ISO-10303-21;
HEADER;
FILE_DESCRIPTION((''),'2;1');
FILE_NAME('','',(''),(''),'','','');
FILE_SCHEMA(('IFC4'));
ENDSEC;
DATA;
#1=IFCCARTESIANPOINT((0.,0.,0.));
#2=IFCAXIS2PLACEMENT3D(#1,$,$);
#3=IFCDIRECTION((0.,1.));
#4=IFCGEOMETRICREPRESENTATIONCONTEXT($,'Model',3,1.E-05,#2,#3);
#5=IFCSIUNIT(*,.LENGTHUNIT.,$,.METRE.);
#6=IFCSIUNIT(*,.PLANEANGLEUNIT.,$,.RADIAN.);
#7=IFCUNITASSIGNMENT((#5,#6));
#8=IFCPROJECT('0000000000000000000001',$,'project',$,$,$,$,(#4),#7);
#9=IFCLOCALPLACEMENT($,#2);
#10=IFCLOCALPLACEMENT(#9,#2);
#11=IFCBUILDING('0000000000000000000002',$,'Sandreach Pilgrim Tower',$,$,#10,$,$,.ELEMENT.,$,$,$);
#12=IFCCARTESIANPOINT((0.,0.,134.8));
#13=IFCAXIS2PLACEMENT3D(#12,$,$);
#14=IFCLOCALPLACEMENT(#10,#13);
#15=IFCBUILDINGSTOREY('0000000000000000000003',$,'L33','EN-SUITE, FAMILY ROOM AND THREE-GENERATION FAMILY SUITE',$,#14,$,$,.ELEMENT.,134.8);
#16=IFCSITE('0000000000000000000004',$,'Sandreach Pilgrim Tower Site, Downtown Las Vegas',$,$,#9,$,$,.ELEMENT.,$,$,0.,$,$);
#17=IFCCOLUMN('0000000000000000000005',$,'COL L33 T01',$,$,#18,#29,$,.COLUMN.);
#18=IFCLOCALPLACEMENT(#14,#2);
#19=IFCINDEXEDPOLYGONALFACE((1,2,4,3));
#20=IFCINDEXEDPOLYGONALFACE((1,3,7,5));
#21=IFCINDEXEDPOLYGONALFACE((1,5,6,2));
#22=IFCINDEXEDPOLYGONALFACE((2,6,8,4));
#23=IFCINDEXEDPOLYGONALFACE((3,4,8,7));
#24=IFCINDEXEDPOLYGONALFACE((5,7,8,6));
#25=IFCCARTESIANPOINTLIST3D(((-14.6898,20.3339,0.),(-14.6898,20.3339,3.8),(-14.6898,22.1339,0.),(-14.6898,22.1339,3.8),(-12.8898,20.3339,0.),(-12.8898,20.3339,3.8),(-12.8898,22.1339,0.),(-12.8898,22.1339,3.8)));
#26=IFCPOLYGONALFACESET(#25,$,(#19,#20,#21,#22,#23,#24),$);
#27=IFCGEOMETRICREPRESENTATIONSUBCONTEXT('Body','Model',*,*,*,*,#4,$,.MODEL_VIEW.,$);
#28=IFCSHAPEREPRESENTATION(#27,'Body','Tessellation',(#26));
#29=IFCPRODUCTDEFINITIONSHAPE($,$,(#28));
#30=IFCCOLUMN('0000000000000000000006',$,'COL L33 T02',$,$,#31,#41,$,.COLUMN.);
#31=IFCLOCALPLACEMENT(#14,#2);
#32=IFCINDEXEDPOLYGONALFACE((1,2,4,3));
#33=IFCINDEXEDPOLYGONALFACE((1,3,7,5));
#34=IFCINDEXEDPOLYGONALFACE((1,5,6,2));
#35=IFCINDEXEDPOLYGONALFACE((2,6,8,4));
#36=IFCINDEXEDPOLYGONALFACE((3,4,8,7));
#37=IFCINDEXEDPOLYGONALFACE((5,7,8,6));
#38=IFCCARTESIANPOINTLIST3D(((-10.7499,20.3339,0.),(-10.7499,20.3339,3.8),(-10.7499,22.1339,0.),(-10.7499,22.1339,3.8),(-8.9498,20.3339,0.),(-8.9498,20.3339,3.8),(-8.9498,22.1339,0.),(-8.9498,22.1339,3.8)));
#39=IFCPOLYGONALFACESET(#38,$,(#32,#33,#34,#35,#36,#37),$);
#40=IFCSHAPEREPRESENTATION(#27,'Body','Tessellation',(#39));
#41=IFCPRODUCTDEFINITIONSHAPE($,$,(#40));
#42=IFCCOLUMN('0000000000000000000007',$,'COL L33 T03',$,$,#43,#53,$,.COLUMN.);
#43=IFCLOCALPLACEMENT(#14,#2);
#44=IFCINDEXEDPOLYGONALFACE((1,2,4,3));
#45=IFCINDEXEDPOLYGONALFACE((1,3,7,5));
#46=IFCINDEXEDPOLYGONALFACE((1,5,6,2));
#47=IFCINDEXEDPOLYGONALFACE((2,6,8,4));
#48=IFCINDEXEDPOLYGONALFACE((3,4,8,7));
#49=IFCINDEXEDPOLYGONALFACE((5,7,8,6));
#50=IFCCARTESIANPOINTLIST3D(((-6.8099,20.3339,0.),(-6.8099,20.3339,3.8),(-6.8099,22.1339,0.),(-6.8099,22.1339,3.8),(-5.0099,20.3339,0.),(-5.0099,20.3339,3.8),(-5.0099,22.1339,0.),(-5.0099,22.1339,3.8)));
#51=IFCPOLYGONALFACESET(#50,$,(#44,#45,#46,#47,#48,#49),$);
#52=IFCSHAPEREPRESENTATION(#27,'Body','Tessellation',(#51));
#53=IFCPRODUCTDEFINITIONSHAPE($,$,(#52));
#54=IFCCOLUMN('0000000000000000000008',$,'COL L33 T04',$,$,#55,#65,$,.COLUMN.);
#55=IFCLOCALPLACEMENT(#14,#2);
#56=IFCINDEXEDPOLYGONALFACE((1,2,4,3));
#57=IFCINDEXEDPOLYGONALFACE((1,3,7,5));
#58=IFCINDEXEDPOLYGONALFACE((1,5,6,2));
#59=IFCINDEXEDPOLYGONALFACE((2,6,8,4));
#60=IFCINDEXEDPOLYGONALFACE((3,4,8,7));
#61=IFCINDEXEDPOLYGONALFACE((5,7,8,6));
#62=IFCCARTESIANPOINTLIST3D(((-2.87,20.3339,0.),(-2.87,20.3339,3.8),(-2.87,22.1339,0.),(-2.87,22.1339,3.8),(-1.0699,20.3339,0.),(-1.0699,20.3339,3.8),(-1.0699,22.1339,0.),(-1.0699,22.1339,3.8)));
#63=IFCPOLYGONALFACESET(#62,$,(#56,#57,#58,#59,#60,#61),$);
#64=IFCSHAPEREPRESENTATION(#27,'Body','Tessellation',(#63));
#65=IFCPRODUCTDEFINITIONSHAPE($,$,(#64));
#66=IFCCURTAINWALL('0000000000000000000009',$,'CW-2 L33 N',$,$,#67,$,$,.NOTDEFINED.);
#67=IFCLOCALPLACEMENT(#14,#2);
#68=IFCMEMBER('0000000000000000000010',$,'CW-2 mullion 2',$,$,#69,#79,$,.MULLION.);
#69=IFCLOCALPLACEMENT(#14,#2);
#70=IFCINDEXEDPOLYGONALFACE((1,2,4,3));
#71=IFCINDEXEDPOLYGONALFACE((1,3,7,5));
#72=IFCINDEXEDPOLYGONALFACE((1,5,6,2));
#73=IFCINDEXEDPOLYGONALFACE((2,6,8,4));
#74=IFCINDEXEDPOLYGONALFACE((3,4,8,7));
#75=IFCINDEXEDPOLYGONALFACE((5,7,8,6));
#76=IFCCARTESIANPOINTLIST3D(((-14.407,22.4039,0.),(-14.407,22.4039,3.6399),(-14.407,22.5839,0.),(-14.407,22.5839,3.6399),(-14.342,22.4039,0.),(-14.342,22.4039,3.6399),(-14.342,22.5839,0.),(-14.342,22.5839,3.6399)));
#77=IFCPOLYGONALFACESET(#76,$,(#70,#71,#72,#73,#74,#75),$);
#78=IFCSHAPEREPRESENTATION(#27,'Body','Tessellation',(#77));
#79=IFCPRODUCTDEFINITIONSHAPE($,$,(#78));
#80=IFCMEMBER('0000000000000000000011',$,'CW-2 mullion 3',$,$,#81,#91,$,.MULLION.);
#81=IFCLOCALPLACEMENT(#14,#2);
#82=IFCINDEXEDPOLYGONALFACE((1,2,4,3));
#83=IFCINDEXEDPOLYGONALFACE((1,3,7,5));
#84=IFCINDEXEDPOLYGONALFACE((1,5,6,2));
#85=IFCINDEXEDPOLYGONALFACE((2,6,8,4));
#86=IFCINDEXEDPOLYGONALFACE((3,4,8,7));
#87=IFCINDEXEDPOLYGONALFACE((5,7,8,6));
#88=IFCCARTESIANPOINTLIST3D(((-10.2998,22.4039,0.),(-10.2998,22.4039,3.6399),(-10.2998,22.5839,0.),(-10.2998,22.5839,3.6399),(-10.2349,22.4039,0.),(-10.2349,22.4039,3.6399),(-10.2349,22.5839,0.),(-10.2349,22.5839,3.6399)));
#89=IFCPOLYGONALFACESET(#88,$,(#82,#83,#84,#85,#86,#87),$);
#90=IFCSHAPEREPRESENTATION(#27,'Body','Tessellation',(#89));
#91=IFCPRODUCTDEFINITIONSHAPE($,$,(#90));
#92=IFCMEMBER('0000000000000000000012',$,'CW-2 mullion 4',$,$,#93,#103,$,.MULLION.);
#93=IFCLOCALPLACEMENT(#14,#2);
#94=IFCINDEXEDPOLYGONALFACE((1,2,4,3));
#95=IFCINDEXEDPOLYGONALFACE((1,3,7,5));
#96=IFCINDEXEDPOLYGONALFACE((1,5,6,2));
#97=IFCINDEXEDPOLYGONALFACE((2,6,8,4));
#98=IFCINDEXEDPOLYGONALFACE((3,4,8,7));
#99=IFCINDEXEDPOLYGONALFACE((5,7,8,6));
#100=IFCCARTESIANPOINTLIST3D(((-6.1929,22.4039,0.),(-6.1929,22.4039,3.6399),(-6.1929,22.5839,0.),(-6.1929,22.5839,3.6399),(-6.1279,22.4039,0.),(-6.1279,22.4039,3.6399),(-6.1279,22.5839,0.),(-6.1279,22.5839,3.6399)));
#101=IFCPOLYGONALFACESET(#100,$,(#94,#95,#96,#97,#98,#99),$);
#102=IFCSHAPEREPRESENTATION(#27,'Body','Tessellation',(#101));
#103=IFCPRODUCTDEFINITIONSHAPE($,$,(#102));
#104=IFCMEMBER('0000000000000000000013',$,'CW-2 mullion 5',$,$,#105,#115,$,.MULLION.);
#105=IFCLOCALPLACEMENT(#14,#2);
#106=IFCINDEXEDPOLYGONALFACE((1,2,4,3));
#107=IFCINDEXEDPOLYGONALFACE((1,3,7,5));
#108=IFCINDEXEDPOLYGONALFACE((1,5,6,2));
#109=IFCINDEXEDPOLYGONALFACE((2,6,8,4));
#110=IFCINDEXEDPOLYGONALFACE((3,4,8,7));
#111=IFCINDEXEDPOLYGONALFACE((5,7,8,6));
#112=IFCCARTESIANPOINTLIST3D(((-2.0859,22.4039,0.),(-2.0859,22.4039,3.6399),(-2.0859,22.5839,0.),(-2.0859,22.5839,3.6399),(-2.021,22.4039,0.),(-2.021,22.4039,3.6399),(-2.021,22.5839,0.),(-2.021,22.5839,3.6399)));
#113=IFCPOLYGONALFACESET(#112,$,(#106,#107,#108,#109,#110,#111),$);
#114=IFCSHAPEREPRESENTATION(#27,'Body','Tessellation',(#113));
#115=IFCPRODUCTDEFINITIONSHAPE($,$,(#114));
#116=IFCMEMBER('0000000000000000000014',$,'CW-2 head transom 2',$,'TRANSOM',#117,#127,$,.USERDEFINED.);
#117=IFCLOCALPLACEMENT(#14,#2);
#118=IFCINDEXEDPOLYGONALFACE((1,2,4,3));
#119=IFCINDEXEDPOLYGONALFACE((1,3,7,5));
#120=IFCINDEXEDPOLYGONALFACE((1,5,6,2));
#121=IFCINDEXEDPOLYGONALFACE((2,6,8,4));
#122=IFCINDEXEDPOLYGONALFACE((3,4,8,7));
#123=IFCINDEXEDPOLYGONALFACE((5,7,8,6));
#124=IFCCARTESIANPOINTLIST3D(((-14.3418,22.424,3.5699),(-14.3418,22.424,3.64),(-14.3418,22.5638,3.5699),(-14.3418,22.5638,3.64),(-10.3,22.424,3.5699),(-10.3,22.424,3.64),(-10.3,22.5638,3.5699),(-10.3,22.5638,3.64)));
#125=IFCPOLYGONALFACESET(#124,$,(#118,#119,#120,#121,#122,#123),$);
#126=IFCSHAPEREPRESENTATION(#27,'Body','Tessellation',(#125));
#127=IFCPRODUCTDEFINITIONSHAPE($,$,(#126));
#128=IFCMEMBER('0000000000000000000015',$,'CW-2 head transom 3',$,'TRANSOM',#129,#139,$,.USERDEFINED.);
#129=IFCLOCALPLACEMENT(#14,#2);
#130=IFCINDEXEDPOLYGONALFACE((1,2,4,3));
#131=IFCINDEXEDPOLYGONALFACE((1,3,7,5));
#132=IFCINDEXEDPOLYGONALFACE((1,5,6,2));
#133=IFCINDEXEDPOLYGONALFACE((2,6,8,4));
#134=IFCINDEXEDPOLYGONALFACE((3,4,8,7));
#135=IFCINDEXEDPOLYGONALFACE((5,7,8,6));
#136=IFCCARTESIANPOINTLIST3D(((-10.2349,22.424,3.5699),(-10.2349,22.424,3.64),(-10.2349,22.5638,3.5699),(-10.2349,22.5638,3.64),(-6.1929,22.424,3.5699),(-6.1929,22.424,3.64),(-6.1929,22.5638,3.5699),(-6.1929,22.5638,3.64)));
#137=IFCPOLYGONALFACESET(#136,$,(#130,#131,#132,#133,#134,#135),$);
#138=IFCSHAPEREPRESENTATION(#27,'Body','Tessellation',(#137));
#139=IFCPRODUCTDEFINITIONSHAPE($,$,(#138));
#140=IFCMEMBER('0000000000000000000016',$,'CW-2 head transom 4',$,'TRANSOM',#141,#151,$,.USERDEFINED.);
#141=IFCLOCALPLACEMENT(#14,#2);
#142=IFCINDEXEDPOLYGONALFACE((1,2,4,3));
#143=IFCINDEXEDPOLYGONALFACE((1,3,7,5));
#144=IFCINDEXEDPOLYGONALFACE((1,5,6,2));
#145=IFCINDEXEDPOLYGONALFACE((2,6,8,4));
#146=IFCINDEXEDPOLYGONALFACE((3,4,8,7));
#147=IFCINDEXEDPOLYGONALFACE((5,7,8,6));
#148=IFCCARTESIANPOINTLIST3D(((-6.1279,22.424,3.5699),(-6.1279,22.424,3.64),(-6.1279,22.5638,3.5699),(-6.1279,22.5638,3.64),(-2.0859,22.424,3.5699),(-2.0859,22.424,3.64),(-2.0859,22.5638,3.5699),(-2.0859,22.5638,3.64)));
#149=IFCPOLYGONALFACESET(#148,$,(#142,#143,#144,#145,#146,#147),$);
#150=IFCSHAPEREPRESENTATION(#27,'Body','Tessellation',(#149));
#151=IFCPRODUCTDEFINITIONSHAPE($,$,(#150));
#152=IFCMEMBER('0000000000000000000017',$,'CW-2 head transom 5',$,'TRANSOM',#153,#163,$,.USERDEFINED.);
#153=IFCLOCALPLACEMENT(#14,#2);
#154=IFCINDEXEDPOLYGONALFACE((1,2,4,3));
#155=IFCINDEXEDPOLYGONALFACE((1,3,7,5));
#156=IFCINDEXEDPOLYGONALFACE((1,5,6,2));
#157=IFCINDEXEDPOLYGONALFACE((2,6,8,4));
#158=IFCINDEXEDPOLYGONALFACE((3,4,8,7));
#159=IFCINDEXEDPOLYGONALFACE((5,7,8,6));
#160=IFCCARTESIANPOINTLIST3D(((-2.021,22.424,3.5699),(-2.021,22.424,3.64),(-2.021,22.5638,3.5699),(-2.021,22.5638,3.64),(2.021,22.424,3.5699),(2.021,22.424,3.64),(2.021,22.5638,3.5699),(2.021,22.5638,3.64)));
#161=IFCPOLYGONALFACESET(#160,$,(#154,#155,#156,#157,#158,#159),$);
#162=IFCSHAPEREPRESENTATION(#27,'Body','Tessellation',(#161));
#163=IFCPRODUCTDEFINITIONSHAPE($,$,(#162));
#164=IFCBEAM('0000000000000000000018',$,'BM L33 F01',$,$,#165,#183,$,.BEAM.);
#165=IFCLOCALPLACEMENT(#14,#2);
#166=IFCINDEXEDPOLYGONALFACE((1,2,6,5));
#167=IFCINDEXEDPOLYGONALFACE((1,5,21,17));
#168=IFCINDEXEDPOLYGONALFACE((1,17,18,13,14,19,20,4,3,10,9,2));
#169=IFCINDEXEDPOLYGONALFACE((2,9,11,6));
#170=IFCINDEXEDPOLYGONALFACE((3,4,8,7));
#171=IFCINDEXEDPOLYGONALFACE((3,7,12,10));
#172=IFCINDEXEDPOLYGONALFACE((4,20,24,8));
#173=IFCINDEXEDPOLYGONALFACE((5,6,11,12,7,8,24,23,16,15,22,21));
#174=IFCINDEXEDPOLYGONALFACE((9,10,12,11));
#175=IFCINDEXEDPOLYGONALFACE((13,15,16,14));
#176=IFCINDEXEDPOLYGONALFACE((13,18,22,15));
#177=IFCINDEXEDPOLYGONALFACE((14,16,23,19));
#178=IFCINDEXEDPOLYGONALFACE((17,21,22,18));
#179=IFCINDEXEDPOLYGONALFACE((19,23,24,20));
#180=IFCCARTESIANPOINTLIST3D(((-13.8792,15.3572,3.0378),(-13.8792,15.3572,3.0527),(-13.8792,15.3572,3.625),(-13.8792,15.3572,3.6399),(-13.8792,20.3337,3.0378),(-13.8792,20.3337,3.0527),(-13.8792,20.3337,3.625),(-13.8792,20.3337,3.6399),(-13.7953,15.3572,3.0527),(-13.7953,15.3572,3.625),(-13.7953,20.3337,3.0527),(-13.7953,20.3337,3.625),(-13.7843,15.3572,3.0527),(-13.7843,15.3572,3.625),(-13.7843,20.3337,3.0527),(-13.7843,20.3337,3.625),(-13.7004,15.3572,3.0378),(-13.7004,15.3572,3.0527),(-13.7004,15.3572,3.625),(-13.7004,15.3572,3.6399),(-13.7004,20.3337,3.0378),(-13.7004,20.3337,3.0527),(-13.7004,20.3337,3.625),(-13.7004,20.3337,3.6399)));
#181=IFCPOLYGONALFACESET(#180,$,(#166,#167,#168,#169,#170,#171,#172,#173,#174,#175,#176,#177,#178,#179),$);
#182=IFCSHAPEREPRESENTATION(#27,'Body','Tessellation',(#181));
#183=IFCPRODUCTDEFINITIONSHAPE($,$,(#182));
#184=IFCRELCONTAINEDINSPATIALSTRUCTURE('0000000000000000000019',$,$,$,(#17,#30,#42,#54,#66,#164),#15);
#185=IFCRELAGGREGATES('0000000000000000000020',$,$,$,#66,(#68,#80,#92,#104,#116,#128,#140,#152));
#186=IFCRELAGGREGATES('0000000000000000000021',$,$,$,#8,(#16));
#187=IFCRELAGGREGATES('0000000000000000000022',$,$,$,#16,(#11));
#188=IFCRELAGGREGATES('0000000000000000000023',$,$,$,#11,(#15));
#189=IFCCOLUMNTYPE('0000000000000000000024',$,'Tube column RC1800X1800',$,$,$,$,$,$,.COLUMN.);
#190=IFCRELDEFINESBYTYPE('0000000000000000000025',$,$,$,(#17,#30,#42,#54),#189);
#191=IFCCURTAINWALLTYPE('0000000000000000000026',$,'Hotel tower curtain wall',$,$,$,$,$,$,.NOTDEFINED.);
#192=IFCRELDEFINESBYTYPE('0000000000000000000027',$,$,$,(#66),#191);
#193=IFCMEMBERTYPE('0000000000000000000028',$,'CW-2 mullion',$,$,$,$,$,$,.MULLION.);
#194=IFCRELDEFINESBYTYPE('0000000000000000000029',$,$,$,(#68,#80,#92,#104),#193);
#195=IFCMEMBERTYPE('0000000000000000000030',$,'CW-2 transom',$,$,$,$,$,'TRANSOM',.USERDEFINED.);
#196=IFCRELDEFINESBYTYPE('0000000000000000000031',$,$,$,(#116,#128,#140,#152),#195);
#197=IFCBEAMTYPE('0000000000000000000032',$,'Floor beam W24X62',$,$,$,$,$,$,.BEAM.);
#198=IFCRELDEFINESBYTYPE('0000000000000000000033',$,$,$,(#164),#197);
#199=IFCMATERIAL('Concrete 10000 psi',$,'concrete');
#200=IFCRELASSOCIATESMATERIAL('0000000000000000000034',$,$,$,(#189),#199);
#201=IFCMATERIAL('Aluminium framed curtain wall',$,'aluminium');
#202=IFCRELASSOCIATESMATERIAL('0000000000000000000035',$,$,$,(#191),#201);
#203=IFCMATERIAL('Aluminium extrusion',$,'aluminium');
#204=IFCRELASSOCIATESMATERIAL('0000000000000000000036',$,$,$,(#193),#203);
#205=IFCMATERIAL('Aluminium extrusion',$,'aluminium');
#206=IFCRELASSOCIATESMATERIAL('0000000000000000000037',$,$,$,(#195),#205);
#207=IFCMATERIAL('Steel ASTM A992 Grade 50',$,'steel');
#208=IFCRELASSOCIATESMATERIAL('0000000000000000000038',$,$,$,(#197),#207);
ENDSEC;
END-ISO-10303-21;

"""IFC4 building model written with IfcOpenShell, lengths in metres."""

from ifc_helpers import new_model, si_unit, direction, frame, origin, origin_2d, place, context, subcontext, project, spatial, rectangle, i_section, extrude, material, material_profile, profile_set, type_object, element, aggregate, save


model = new_model("IFC4")

# Units and contexts
model_context = context("Model", 3, precision=1e-05, world=origin(), true_north=direction((0.0, 1.0)))
body_context = subcontext(model_context, "Body", "Model", "MODEL_VIEW")
ifc_project = project(units=[si_unit("LENGTHUNIT", "METRE"), si_unit("PLANEANGLEUNIT", "RADIAN")], contexts=[model_context])

# Site, building, storey
site_placement = place(None, origin())
site = spatial("IfcSite", under=ifc_project, at=site_placement, Name="Sandreach Pilgrim Tower Site, Downtown Las Vegas", CompositionType="ELEMENT", RefElevation=0.0)
building_placement = place(site_placement, origin())
building = spatial("IfcBuilding", under=site, at=building_placement, Name="Sandreach Pilgrim Tower", CompositionType="ELEMENT")
storey_placement = place(building_placement, frame((0.0, 0.0, 134.8)))
storey = spatial("IfcBuildingStorey", under=building, at=storey_placement, Name="L33", Description="EN-SUITE, FAMILY ROOM AND THREE-GENERATION FAMILY SUITE", CompositionType="ELEMENT", Elevation=134.8)

# Columns
ifc_material_1 = material(Name="Concrete 10000 psi", Category="concrete")
ifc_material_profile_1 = material_profile(ifc_material_1, rectangle(XDim=1.8, YDim=1.8, at=origin_2d()), Name="RC1800X1800")
ifc_profile_set_1 = profile_set([ifc_material_profile_1], Name="Concrete 10000 psi")
column_type = type_object("IfcColumnType", Name="Tube column RC1800X1800", PredefinedType="COLUMN", material=ifc_profile_set_1)
for number, where, z_axis, x_axis, name in (
    (1, (-13.7898, 21.2339, 0.0), (0.0, 0.0, 1.0), (0.0, 1.0, 0.0), "COL L33 T01"),
    (2, (-9.8499, 21.2339, 0.0), (0.0, 0.0, 1.0), (0.0, 1.0, 0.0), "COL L33 T02"),
    (3, (-5.9099, 21.2339, 0.0), (0.0, 0.0, 1.0), (0.0, 1.0, 0.0), "COL L33 T03"),
    (4, (-1.97, 21.2339, 0.0), (0.0, 0.0, 1.0), (0.0, 1.0, 0.0), "COL L33 T04"),
):
    element("IfcColumn", number, at=place(storey_placement, frame(where, z_axis=z_axis, x_axis=x_axis)), inside=storey, type_object=column_type, Name=name, PredefinedType="COLUMN", context=body_context, shape_type="SweptSolid", body=[
        extrude(rectangle(XDim=1.8, YDim=1.8, at=origin_2d()), origin(), (0.0, 0.0, 1.0), 3.8),
    ])

# Curtain wall, members
ifc_material_2 = material(Name="Aluminium framed curtain wall", Category="aluminium")
curtain_wall_type = type_object("IfcCurtainWallType", Name="Hotel tower curtain wall", PredefinedType="NOTDEFINED", material=ifc_material_2)
curtain_wall_placement = place(storey_placement, origin())
curtain_wall = element("IfcCurtainWall", 5, at=curtain_wall_placement, inside=storey, type_object=curtain_wall_type, Name="CW-2 L33 N", PredefinedType="NOTDEFINED")
ifc_material_3 = material(Name="Aluminium extrusion", Category="aluminium")
ifc_material_profile_2 = material_profile(ifc_material_3, rectangle(XDim=0.0649, YDim=0.1799, at=origin_2d()), Name="CW-2M 65X180")
ifc_profile_set_2 = profile_set([ifc_material_profile_2], Name="Aluminium extrusion")
member_type_1 = type_object("IfcMemberType", Name="CW-2 mullion", PredefinedType="MULLION", material=ifc_profile_set_2)
member_1_placement = place(storey_placement, frame((-14.3745, 22.4939, 0.0), z_axis=(0.0, 0.0, 1.0), x_axis=(1.0, 0.0, 0.0)))
member_1 = element("IfcMember", 6, at=member_1_placement, type_object=member_type_1, Name="CW-2 mullion 2", PredefinedType="MULLION", context=body_context, shape_type="SweptSolid", body=[
    extrude(rectangle(XDim=0.0649, YDim=0.1799, at=origin_2d()), origin(), (0.0, 0.0, 1.0), 3.6399),
])
member_2_placement = place(storey_placement, frame((-10.2673, 22.4939, 0.0), z_axis=(0.0, 0.0, 1.0), x_axis=(1.0, 0.0, 0.0)))
member_2 = element("IfcMember", 7, at=member_2_placement, type_object=member_type_1, Name="CW-2 mullion 3", PredefinedType="MULLION", context=body_context, shape_type="SweptSolid", body=[
    extrude(rectangle(XDim=0.0649, YDim=0.1799, at=origin_2d()), origin(), (0.0, 0.0, 1.0), 3.6399),
])
member_3_placement = place(storey_placement, frame((-6.1604, 22.4939, 0.0), z_axis=(0.0, 0.0, 1.0), x_axis=(1.0, 0.0, 0.0)))
member_3 = element("IfcMember", 8, at=member_3_placement, type_object=member_type_1, Name="CW-2 mullion 4", PredefinedType="MULLION", context=body_context, shape_type="SweptSolid", body=[
    extrude(rectangle(XDim=0.0649, YDim=0.1799, at=origin_2d()), origin(), (0.0, 0.0, 1.0), 3.6399),
])
member_4_placement = place(storey_placement, frame((-2.0535, 22.4939, 0.0), z_axis=(0.0, 0.0, 1.0), x_axis=(1.0, 0.0, 0.0)))
member_4 = element("IfcMember", 9, at=member_4_placement, type_object=member_type_1, Name="CW-2 mullion 5", PredefinedType="MULLION", context=body_context, shape_type="SweptSolid", body=[
    extrude(rectangle(XDim=0.0649, YDim=0.1799, at=origin_2d()), origin(), (0.0, 0.0, 1.0), 3.6399),
])
ifc_material_4 = material(Name="Aluminium extrusion", Category="aluminium")
ifc_material_profile_3 = material_profile(ifc_material_4, rectangle(XDim=0.1399, YDim=0.0701, at=origin_2d()), Name="CW-2T 140X70")
ifc_profile_set_3 = profile_set([ifc_material_profile_3], Name="Aluminium extrusion")
member_type_2 = type_object("IfcMemberType", Name="CW-2 transom", ElementType="TRANSOM", PredefinedType="USERDEFINED", material=ifc_profile_set_3)
member_5_placement = place(storey_placement, frame((-14.3418, 22.4939, 3.605), z_axis=(1.0, 0.0, 0.0), x_axis=(0.0, 1.0, 0.0)))
member_5 = element("IfcMember", 10, at=member_5_placement, type_object=member_type_2, Name="CW-2 head transom 2", ObjectType="TRANSOM", PredefinedType="USERDEFINED", context=body_context, shape_type="SweptSolid", body=[
    extrude(rectangle(XDim=0.1399, YDim=0.0701, at=origin_2d()), origin(), (0.0, 0.0, 1.0), 4.0417),
])
member_6_placement = place(storey_placement, frame((-10.2349, 22.4939, 3.605), z_axis=(1.0, 0.0, 0.0), x_axis=(0.0, 1.0, 0.0)))
member_6 = element("IfcMember", 11, at=member_6_placement, type_object=member_type_2, Name="CW-2 head transom 3", ObjectType="TRANSOM", PredefinedType="USERDEFINED", context=body_context, shape_type="SweptSolid", body=[
    extrude(rectangle(XDim=0.1399, YDim=0.0701, at=origin_2d()), origin(), (0.0, 0.0, 1.0), 4.042),
])
member_7_placement = place(storey_placement, frame((-6.1279, 22.4939, 3.605), z_axis=(1.0, 0.0, 0.0), x_axis=(0.0, 1.0, 0.0)))
member_7 = element("IfcMember", 12, at=member_7_placement, type_object=member_type_2, Name="CW-2 head transom 4", ObjectType="TRANSOM", PredefinedType="USERDEFINED", context=body_context, shape_type="SweptSolid", body=[
    extrude(rectangle(XDim=0.1399, YDim=0.0701, at=origin_2d()), origin(), (0.0, 0.0, 1.0), 4.042),
])
member_8_placement = place(storey_placement, frame((-2.021, 22.4939, 3.605), z_axis=(1.0, 0.0, 0.0), x_axis=(0.0, 1.0, 0.0)))
member_8 = element("IfcMember", 13, at=member_8_placement, type_object=member_type_2, Name="CW-2 head transom 5", ObjectType="TRANSOM", PredefinedType="USERDEFINED", context=body_context, shape_type="SweptSolid", body=[
    extrude(rectangle(XDim=0.1399, YDim=0.0701, at=origin_2d()), origin(), (0.0, 0.0, 1.0), 4.042),
])

# Beam
ifc_material_5 = material(Name="Steel ASTM A992 Grade 50", Category="steel")
ifc_material_profile_4 = material_profile(ifc_material_5, i_section(OverallWidth=0.1787, OverallDepth=0.6021, WebThickness=0.011, FlangeThickness=0.0149, at=origin_2d()), Name="W24X62")
ifc_profile_set_4 = profile_set([ifc_material_profile_4], Name="Steel ASTM A992 Grade 50")
beam_type_1 = type_object("IfcBeamType", Name="Floor beam W24X62", PredefinedType="BEAM", material=ifc_profile_set_4)
beam_1_placement = place(storey_placement, frame((-13.7898, 20.3337, 3.3389), z_axis=(0.0, -1.0, 0.0), x_axis=(1.0, 0.0, 0.0)))
element("IfcBeam", 14, at=beam_1_placement, inside=storey, type_object=beam_type_1, Name="BM L33 F01", PredefinedType="BEAM", context=body_context, shape_type="SweptSolid", body=[
    extrude(i_section(OverallWidth=0.1787, OverallDepth=0.6021, WebThickness=0.011, FlangeThickness=0.0149, at=origin_2d()), origin(), (0.0, 0.0, 1.0), 4.9766),
])

aggregate(curtain_wall, [member_1, member_2, member_3, member_4, member_5, member_6, member_7, member_8])

save(model, "model.ifc")
